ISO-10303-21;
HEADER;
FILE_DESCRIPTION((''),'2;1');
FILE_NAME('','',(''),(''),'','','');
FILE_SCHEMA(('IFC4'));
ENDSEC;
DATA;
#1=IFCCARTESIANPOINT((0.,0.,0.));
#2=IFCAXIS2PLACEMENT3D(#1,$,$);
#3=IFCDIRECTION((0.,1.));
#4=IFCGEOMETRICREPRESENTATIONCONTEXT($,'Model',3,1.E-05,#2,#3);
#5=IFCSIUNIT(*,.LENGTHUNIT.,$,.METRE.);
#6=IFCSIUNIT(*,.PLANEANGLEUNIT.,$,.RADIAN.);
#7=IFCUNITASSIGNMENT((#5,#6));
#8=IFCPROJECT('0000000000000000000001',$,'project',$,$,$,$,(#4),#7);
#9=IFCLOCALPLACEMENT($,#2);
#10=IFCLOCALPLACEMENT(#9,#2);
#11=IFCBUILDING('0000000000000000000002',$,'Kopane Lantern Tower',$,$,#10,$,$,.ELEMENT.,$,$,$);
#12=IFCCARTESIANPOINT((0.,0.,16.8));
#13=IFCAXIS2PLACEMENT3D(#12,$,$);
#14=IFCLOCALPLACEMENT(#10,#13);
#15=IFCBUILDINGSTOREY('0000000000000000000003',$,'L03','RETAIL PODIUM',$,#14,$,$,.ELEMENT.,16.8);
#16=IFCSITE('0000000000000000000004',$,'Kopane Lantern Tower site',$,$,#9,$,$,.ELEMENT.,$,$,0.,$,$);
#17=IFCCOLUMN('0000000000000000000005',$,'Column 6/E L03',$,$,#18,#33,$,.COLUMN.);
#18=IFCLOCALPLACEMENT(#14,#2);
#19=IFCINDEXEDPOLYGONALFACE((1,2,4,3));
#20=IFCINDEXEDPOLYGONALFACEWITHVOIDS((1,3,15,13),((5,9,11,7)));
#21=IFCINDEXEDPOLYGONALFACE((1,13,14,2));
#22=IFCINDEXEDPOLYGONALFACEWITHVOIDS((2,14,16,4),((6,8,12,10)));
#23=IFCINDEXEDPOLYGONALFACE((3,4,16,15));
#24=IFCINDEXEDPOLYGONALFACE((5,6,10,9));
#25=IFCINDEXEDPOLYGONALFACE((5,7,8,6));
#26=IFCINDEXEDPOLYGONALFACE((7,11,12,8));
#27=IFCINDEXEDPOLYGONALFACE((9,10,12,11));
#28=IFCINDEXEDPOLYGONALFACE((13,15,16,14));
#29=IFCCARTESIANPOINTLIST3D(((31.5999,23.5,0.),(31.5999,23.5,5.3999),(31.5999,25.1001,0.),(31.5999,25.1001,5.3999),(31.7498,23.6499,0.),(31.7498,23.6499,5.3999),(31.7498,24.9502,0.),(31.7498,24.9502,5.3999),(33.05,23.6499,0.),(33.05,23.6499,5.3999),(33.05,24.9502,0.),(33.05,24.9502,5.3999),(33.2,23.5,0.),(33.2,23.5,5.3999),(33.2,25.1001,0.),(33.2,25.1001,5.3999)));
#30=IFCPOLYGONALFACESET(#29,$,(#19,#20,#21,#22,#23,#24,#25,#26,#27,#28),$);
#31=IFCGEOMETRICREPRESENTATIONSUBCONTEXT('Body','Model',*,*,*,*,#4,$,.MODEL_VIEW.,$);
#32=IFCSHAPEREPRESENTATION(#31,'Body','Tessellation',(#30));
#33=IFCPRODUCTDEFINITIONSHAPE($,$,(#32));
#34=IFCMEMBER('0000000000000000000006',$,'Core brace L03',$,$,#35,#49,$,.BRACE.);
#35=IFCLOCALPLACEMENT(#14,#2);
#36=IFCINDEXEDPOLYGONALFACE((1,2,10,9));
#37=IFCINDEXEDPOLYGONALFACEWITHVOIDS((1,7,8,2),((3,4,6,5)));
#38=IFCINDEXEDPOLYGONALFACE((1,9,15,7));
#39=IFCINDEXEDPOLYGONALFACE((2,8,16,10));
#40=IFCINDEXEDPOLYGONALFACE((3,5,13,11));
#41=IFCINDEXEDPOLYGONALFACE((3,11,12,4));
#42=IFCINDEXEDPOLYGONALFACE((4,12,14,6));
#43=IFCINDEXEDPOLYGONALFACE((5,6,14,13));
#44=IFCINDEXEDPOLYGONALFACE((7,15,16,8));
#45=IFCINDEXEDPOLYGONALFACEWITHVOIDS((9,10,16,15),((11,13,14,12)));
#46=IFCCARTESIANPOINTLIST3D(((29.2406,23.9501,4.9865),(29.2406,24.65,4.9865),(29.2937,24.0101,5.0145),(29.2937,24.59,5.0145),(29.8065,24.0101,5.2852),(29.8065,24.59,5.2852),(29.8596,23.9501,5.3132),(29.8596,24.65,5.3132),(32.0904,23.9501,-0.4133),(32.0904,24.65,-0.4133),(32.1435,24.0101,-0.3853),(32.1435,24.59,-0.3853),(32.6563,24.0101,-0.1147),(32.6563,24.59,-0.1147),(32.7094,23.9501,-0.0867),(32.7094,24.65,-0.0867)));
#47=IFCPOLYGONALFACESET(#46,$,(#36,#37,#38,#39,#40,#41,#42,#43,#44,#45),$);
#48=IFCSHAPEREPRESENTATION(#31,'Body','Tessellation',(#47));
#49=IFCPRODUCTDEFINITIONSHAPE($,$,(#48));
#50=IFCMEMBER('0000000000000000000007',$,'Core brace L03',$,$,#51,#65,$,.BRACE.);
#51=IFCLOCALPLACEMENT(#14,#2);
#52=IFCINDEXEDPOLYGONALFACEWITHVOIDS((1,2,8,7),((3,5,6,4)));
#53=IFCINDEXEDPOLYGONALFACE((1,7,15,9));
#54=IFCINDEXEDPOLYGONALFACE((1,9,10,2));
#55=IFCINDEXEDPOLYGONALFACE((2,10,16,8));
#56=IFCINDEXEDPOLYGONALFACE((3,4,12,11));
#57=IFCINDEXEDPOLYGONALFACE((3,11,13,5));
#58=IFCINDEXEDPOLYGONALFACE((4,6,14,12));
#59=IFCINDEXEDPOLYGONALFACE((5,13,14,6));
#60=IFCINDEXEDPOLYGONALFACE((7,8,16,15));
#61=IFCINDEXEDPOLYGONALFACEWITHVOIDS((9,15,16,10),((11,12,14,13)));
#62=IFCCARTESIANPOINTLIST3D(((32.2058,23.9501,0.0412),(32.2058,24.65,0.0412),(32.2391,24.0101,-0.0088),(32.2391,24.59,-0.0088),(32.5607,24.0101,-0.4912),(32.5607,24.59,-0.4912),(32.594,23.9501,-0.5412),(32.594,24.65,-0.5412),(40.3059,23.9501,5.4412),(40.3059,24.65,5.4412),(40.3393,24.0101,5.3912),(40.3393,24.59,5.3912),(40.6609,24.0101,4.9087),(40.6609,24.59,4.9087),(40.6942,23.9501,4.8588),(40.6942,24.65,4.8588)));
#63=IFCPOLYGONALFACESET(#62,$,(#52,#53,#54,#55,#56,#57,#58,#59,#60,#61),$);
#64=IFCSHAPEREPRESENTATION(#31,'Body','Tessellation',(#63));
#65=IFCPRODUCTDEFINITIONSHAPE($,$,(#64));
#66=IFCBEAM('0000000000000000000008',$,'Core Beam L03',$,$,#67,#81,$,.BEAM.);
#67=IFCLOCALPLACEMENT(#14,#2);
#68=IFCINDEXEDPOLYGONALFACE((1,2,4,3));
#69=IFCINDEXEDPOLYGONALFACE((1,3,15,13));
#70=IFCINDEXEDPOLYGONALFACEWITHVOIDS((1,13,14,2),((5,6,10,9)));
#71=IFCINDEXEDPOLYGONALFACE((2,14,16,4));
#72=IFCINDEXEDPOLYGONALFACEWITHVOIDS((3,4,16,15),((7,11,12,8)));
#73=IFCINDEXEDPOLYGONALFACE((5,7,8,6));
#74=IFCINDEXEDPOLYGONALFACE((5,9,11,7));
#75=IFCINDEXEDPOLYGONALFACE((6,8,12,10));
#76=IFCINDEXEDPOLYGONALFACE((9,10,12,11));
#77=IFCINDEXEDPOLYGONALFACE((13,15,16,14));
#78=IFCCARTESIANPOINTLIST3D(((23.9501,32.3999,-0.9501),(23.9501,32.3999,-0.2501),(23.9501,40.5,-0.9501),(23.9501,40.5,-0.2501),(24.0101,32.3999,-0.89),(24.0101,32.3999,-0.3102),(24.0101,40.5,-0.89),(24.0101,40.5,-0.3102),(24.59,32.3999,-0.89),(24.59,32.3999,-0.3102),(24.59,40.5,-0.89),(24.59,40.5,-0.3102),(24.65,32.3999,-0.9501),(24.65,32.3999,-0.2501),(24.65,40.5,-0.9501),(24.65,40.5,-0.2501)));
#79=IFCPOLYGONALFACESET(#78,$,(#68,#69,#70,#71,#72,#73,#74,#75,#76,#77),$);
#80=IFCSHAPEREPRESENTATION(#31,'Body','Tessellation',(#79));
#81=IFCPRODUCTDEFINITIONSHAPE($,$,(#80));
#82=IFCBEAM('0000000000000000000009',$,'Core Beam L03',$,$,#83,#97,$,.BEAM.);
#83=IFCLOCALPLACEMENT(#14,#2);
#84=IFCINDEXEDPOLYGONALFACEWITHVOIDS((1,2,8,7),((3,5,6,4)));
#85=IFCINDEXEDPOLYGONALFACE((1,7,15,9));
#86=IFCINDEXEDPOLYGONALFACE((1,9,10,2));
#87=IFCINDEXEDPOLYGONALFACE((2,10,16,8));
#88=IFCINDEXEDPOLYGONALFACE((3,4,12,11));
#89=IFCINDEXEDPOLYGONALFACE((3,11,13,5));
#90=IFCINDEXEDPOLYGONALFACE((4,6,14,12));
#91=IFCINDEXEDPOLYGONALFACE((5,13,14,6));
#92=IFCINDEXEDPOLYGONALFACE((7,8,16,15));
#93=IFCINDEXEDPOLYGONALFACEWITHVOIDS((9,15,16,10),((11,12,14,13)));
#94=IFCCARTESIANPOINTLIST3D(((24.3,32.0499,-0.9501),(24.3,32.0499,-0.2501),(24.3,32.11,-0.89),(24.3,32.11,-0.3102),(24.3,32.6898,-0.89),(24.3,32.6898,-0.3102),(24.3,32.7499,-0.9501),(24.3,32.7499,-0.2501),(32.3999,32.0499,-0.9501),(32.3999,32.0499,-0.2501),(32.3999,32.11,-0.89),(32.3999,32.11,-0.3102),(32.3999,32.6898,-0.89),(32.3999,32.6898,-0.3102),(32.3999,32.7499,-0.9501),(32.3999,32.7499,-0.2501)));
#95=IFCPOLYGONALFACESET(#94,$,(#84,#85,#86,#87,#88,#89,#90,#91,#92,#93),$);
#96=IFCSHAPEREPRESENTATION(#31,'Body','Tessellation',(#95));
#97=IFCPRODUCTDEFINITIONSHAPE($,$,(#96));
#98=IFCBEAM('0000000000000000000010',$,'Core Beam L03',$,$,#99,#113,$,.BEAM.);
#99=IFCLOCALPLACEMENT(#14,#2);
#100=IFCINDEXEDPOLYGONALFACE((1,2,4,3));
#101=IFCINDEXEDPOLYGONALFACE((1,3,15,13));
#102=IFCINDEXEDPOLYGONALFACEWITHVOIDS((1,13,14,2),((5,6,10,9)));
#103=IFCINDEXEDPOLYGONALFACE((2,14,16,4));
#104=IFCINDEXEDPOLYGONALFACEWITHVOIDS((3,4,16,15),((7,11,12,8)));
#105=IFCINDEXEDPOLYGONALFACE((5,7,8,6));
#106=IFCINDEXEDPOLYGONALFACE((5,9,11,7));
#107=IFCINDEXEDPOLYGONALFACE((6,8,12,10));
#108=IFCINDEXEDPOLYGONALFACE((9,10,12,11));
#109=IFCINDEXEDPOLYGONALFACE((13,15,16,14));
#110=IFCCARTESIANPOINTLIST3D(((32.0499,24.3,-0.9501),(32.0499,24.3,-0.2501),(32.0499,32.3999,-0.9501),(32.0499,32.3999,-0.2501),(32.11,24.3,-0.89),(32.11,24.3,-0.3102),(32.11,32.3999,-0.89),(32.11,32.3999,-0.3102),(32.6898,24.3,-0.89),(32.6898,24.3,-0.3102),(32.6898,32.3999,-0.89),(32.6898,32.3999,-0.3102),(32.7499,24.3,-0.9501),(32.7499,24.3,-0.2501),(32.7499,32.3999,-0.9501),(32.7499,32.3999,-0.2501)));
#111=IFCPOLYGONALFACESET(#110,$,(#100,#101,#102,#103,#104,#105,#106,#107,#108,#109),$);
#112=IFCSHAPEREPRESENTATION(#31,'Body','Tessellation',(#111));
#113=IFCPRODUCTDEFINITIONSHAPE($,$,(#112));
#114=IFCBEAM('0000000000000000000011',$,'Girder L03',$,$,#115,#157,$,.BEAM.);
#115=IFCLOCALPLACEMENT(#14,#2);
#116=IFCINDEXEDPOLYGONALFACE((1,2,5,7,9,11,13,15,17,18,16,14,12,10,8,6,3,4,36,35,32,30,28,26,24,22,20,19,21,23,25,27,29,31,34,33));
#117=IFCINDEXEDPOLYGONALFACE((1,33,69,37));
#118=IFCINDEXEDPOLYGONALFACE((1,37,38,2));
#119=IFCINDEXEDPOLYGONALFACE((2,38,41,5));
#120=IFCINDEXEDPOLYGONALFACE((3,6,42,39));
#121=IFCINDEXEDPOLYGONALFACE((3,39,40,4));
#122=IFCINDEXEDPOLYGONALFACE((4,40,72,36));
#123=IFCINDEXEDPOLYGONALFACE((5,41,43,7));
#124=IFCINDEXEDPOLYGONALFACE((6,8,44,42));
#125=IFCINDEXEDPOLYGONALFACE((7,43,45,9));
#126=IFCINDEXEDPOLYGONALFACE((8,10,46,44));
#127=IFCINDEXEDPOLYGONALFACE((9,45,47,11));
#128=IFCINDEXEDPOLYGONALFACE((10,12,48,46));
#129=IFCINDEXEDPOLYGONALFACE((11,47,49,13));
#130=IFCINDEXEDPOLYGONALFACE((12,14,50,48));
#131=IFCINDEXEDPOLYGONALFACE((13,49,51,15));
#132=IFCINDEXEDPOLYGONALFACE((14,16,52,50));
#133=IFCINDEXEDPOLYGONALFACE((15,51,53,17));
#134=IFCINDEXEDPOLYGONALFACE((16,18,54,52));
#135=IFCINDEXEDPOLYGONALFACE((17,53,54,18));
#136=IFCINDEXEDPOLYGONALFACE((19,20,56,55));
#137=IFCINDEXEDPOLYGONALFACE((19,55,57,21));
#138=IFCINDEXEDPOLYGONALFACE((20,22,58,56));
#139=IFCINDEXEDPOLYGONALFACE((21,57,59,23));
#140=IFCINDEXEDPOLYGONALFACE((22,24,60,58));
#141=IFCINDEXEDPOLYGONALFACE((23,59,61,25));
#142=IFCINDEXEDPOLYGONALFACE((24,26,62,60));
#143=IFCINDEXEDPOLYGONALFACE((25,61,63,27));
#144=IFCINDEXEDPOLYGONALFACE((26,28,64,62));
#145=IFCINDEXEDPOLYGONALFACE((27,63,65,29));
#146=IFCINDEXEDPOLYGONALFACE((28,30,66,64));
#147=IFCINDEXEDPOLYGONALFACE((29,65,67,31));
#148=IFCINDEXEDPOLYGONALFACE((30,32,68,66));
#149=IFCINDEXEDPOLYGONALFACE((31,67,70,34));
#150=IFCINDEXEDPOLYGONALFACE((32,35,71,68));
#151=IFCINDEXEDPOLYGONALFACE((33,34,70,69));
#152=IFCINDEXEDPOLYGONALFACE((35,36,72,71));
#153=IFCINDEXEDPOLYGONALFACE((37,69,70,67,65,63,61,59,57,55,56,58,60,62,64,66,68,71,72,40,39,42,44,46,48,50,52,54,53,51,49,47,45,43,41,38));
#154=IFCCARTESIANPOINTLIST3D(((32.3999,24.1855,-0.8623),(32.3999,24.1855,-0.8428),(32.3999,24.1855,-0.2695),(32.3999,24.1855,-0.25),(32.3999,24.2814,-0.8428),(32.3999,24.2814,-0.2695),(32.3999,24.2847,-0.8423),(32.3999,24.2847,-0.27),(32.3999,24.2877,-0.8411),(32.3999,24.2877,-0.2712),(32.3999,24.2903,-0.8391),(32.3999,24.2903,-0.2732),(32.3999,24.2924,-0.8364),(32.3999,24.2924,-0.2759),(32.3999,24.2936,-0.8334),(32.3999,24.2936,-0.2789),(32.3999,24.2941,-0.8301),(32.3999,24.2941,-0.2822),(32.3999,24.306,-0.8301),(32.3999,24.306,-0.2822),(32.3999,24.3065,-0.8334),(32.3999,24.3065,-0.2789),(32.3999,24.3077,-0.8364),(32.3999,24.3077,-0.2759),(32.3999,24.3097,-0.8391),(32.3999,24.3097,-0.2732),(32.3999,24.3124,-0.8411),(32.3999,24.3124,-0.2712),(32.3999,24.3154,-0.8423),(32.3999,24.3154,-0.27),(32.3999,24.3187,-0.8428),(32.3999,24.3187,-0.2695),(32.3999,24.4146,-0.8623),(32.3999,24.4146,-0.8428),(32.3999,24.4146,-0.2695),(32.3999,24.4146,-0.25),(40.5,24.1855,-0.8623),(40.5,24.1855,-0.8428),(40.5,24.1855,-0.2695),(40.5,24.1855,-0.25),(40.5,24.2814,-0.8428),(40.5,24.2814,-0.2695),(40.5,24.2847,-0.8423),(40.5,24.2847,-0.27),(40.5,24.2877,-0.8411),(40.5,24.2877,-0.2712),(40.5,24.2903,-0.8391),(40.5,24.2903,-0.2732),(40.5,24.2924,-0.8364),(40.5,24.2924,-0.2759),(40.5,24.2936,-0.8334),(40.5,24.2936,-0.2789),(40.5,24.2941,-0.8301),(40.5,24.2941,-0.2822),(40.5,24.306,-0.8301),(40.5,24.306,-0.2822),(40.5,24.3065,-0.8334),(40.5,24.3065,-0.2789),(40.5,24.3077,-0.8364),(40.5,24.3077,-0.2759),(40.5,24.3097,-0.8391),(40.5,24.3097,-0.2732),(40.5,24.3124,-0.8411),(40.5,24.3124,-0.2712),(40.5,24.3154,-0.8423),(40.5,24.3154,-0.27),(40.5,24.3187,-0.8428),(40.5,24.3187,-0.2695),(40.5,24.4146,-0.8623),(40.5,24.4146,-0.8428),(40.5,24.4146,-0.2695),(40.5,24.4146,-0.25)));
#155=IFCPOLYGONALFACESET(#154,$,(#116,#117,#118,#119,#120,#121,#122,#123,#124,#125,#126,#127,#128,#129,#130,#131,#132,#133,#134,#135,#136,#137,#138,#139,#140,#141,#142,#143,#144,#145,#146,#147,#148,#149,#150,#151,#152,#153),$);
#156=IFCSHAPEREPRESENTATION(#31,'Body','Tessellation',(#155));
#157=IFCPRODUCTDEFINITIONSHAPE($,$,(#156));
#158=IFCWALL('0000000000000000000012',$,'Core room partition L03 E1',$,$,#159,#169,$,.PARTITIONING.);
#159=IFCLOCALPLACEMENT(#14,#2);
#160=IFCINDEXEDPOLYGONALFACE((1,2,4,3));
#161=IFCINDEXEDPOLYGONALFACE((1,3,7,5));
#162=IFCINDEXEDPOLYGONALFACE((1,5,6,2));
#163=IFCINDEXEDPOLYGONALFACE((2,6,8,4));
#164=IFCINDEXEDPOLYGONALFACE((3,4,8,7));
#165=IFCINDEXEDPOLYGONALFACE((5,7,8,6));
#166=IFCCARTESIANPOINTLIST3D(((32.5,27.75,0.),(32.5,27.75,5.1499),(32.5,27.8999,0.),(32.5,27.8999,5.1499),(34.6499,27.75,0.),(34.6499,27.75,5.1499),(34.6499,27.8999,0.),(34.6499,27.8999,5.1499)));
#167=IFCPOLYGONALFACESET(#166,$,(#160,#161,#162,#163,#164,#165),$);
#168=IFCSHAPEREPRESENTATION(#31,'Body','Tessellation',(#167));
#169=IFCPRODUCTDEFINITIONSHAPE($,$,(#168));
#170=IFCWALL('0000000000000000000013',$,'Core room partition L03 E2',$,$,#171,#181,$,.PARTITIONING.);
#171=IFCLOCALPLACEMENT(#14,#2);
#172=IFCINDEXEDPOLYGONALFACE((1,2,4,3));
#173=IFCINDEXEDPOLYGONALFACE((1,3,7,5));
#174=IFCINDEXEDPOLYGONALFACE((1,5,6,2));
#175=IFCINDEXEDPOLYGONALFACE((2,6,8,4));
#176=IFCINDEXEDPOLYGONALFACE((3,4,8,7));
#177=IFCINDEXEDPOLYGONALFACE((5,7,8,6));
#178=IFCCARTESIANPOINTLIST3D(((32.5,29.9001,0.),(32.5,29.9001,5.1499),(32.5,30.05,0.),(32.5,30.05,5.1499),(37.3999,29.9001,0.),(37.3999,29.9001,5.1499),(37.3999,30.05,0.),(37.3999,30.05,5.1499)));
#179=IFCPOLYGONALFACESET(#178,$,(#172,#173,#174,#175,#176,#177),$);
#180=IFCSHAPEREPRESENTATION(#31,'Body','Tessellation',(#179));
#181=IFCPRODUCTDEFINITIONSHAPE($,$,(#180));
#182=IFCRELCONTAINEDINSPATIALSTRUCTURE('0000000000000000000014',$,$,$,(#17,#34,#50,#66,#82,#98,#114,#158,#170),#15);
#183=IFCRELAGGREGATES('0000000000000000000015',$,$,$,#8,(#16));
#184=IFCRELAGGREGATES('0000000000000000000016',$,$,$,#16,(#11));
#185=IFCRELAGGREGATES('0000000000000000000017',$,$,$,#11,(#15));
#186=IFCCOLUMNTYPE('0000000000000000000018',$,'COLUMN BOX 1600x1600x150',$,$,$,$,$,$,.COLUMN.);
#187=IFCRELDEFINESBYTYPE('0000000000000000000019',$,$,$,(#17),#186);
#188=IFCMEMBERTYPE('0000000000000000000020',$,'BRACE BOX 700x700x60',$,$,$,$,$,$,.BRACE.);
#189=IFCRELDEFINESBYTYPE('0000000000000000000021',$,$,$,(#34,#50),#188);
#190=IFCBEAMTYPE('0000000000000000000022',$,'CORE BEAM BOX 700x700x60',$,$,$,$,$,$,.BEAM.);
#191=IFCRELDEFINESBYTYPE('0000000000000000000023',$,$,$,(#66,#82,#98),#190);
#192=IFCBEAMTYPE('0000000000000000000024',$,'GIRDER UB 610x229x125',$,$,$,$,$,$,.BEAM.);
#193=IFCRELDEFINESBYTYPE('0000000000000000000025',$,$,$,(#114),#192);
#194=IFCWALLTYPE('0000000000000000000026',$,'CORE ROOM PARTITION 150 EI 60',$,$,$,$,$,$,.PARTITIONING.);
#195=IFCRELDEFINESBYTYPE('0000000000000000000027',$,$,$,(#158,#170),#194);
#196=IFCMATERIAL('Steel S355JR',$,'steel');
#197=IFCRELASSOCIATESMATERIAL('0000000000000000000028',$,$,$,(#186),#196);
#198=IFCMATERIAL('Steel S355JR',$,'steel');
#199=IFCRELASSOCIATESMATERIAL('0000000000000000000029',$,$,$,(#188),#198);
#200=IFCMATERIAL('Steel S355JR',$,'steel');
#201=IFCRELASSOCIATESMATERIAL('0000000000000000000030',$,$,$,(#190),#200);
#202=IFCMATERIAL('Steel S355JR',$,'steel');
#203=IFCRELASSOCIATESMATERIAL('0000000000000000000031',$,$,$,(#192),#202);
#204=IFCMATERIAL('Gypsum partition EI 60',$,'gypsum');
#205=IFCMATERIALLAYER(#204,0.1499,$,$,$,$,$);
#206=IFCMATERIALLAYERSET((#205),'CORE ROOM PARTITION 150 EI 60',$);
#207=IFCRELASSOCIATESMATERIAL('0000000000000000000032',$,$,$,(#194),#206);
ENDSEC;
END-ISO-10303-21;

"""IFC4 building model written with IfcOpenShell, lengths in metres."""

from ifc_helpers import new_model, si_unit, direction, frame, frame_2d, origin, origin_2d, place, context, subcontext, project, spatial, rectangle, hollow_rectangle, i_section, extrude, material, layer, layer_set, material_profile, profile_set, type_object, element, save


model = new_model("IFC4")

# Units and contexts
model_context = context("Model", 3, precision=1e-05, world=origin(), true_north=direction((0.0, 1.0)))
body_context = subcontext(model_context, "Body", "Model", "MODEL_VIEW")
ifc_project = project(units=[si_unit("LENGTHUNIT", "METRE"), si_unit("PLANEANGLEUNIT", "RADIAN")], contexts=[model_context])

# Site, building, storey
site_placement = place(None, origin())
site = spatial("IfcSite", under=ifc_project, at=site_placement, Name="Kopane Lantern Tower site", CompositionType="ELEMENT", RefElevation=0.0)
building_placement = place(site_placement, origin())
building = spatial("IfcBuilding", under=site, at=building_placement, Name="Kopane Lantern Tower", CompositionType="ELEMENT")
storey_placement = place(building_placement, frame((0.0, 0.0, 16.8)))
storey = spatial("IfcBuildingStorey", under=building, at=storey_placement, Name="L03", Description="RETAIL PODIUM", CompositionType="ELEMENT", Elevation=16.8)

# Column
ifc_material_1 = material(Name="Steel S355JR", Category="steel")
ifc_material_profile_1 = material_profile(ifc_material_1, hollow_rectangle(XDim=1.6001, YDim=1.6001, WallThickness=0.1499, at=origin_2d()), Name="BOX 1600x1600x150")
ifc_profile_set_1 = profile_set([ifc_material_profile_1], Name="Steel S355JR")
column_type = type_object("IfcColumnType", Name="COLUMN BOX 1600x1600x150", PredefinedType="COLUMN", material=ifc_profile_set_1)
column_placement = place(storey_placement, frame((32.3999, 24.3, 0.0), z_axis=(0.0, 0.0, 1.0), x_axis=(1.0, 0.0, 0.0)))
element("IfcColumn", 1, at=column_placement, inside=storey, type_object=column_type, Name="Column 6/E L03", PredefinedType="COLUMN", context=body_context, shape_type="SweptSolid", body=[
    extrude(hollow_rectangle(XDim=1.6001, YDim=1.6001, WallThickness=0.1499, at=origin_2d()), origin(), (0.0, 0.0, 1.0), 5.3999),
])

# Members
ifc_material_2 = material(Name="Steel S355JR", Category="steel")
ifc_material_profile_2 = material_profile(ifc_material_2, hollow_rectangle(XDim=0.7, YDim=0.7, WallThickness=0.0601, at=origin_2d()), Name="BOX 700x700x60")
ifc_profile_set_2 = profile_set([ifc_material_profile_2], Name="Steel S355JR")
member_type = type_object("IfcMemberType", Name="BRACE BOX 700x700x60", PredefinedType="BRACE", material=ifc_profile_set_2)
member_1_placement = place(storey_placement, frame((32.3999, 24.3, -0.25), z_axis=(-0.466746, 0.0, 0.884391), x_axis=(0.0, -1.0, 0.0)))
element("IfcMember", 2, at=member_1_placement, inside=storey, type_object=member_type, Name="Core brace L03", PredefinedType="BRACE", context=body_context, shape_type="SweptSolid", body=[
    extrude(hollow_rectangle(XDim=0.7, YDim=0.7, WallThickness=0.0601, at=origin_2d()), origin(), (0.0, 0.0, 1.0), 6.1057),
])
member_2_placement = place(storey_placement, frame((32.3999, 24.3, -0.25), z_axis=(0.832058, 0.0, 0.554689), x_axis=(0.0, 1.0, 0.0)))
element("IfcMember", 3, at=member_2_placement, inside=storey, type_object=member_type, Name="Core brace L03", PredefinedType="BRACE", context=body_context, shape_type="SweptSolid", body=[
    extrude(hollow_rectangle(XDim=0.7, YDim=0.7, WallThickness=0.0601, at=origin_2d()), origin(), (0.0, 0.0, 1.0), 9.7351),
])

# Beams
ifc_material_3 = material(Name="Steel S355JR", Category="steel")
ifc_material_profile_3 = material_profile(ifc_material_3, hollow_rectangle(XDim=0.7, YDim=0.7, WallThickness=0.0601, at=origin_2d()), Name="BOX 700x700x60")
ifc_profile_set_3 = profile_set([ifc_material_profile_3], Name="Steel S355JR")
beam_type_1 = type_object("IfcBeamType", Name="CORE BEAM BOX 700x700x60", PredefinedType="BEAM", material=ifc_profile_set_3)
beam_1_placement = place(storey_placement, frame((24.3, 32.3999, -0.6001), z_axis=(0.0, 1.0, 0.0), x_axis=(-1.0, 0.0, 0.0)))
element("IfcBeam", 4, at=beam_1_placement, inside=storey, type_object=beam_type_1, Name="Core Beam L03", PredefinedType="BEAM", context=body_context, shape_type="SweptSolid", body=[
    extrude(hollow_rectangle(XDim=0.7, YDim=0.7, WallThickness=0.0601, at=origin_2d()), origin(), (0.0, 0.0, 1.0), 8.1001),
])
for number, where, z_axis, x_axis, name in (
    (5, (24.3, 32.3999, -0.6001), (1.0, 0.0, 0.0), (0.0, 1.0, 0.0), "Core Beam L03"),
    (6, (32.3999, 24.3, -0.6001), (0.0, 1.0, 0.0), (-1.0, 0.0, 0.0), "Core Beam L03"),
):
    element("IfcBeam", number, at=place(storey_placement, frame(where, z_axis=z_axis, x_axis=x_axis)), inside=storey, type_object=beam_type_1, Name=name, PredefinedType="BEAM", context=body_context, shape_type="SweptSolid", body=[
        extrude(hollow_rectangle(XDim=0.7, YDim=0.7, WallThickness=0.0601, at=origin_2d()), origin(), (0.0, 0.0, 1.0), 8.0999),
    ])
ifc_material_4 = material(Name="Steel S355JR", Category="steel")
ifc_material_profile_4 = material_profile(ifc_material_4, i_section(OverallWidth=0.229, OverallDepth=0.6123, WebThickness=0.012, FlangeThickness=0.0195, FilletRadius=0.0127, at=origin_2d()), Name="UB 610x229x125")
ifc_profile_set_4 = profile_set([ifc_material_profile_4], Name="Steel S355JR")
beam_type_2 = type_object("IfcBeamType", Name="GIRDER UB 610x229x125", PredefinedType="BEAM", material=ifc_profile_set_4)
beam_2_placement = place(storey_placement, frame((32.3999, 24.3, -0.5562), z_axis=(1.0, 0.0, 0.0), x_axis=(0.0, 1.0, 0.0)))
element("IfcBeam", 7, at=beam_2_placement, inside=storey, type_object=beam_type_2, Name="Girder L03", PredefinedType="BEAM", context=body_context, shape_type="SweptSolid", body=[
    extrude(i_section(OverallWidth=0.229, OverallDepth=0.6123, WebThickness=0.012, FlangeThickness=0.0195, FilletRadius=0.0127, at=origin_2d()), origin(), (0.0, 0.0, 1.0), 8.1001),
])

# Walls
ifc_material_5 = material(Name="Gypsum partition EI 60", Category="gypsum")
ifc_layer_1 = layer(ifc_material_5, 0.1499)
ifc_layer_set_1 = layer_set([ifc_layer_1], Name="CORE ROOM PARTITION 150 EI 60")
wall_type_1 = type_object("IfcWallType", Name="CORE ROOM PARTITION 150 EI 60", PredefinedType="PARTITIONING", material=ifc_layer_set_1)
wall_1_placement = place(storey_placement, frame((32.5, 27.825, 0.0), z_axis=(0.0, 0.0, 1.0), x_axis=(1.0, 0.0, 0.0)))
element("IfcWall", 8, at=wall_1_placement, inside=storey, type_object=wall_type_1, Name="Core room partition L03 E1", PredefinedType="PARTITIONING", context=body_context, shape_type="SweptSolid", body=[
    extrude(rectangle(XDim=2.1499, YDim=0.1499, at=frame_2d((1.075, 0.0))), origin(), (0.0, 0.0, 1.0), 5.1499),
])
wall_2_placement = place(storey_placement, frame((32.5, 29.9751, 0.0), z_axis=(0.0, 0.0, 1.0), x_axis=(1.0, 0.0, 0.0)))
element("IfcWall", 9, at=wall_2_placement, inside=storey, type_object=wall_type_1, Name="Core room partition L03 E2", PredefinedType="PARTITIONING", context=body_context, shape_type="SweptSolid", body=[
    extrude(rectangle(XDim=4.8999, YDim=0.1499, at=frame_2d((2.45, 0.0))), origin(), (0.0, 0.0, 1.0), 5.1499),
])

save(model, "model.ifc")
